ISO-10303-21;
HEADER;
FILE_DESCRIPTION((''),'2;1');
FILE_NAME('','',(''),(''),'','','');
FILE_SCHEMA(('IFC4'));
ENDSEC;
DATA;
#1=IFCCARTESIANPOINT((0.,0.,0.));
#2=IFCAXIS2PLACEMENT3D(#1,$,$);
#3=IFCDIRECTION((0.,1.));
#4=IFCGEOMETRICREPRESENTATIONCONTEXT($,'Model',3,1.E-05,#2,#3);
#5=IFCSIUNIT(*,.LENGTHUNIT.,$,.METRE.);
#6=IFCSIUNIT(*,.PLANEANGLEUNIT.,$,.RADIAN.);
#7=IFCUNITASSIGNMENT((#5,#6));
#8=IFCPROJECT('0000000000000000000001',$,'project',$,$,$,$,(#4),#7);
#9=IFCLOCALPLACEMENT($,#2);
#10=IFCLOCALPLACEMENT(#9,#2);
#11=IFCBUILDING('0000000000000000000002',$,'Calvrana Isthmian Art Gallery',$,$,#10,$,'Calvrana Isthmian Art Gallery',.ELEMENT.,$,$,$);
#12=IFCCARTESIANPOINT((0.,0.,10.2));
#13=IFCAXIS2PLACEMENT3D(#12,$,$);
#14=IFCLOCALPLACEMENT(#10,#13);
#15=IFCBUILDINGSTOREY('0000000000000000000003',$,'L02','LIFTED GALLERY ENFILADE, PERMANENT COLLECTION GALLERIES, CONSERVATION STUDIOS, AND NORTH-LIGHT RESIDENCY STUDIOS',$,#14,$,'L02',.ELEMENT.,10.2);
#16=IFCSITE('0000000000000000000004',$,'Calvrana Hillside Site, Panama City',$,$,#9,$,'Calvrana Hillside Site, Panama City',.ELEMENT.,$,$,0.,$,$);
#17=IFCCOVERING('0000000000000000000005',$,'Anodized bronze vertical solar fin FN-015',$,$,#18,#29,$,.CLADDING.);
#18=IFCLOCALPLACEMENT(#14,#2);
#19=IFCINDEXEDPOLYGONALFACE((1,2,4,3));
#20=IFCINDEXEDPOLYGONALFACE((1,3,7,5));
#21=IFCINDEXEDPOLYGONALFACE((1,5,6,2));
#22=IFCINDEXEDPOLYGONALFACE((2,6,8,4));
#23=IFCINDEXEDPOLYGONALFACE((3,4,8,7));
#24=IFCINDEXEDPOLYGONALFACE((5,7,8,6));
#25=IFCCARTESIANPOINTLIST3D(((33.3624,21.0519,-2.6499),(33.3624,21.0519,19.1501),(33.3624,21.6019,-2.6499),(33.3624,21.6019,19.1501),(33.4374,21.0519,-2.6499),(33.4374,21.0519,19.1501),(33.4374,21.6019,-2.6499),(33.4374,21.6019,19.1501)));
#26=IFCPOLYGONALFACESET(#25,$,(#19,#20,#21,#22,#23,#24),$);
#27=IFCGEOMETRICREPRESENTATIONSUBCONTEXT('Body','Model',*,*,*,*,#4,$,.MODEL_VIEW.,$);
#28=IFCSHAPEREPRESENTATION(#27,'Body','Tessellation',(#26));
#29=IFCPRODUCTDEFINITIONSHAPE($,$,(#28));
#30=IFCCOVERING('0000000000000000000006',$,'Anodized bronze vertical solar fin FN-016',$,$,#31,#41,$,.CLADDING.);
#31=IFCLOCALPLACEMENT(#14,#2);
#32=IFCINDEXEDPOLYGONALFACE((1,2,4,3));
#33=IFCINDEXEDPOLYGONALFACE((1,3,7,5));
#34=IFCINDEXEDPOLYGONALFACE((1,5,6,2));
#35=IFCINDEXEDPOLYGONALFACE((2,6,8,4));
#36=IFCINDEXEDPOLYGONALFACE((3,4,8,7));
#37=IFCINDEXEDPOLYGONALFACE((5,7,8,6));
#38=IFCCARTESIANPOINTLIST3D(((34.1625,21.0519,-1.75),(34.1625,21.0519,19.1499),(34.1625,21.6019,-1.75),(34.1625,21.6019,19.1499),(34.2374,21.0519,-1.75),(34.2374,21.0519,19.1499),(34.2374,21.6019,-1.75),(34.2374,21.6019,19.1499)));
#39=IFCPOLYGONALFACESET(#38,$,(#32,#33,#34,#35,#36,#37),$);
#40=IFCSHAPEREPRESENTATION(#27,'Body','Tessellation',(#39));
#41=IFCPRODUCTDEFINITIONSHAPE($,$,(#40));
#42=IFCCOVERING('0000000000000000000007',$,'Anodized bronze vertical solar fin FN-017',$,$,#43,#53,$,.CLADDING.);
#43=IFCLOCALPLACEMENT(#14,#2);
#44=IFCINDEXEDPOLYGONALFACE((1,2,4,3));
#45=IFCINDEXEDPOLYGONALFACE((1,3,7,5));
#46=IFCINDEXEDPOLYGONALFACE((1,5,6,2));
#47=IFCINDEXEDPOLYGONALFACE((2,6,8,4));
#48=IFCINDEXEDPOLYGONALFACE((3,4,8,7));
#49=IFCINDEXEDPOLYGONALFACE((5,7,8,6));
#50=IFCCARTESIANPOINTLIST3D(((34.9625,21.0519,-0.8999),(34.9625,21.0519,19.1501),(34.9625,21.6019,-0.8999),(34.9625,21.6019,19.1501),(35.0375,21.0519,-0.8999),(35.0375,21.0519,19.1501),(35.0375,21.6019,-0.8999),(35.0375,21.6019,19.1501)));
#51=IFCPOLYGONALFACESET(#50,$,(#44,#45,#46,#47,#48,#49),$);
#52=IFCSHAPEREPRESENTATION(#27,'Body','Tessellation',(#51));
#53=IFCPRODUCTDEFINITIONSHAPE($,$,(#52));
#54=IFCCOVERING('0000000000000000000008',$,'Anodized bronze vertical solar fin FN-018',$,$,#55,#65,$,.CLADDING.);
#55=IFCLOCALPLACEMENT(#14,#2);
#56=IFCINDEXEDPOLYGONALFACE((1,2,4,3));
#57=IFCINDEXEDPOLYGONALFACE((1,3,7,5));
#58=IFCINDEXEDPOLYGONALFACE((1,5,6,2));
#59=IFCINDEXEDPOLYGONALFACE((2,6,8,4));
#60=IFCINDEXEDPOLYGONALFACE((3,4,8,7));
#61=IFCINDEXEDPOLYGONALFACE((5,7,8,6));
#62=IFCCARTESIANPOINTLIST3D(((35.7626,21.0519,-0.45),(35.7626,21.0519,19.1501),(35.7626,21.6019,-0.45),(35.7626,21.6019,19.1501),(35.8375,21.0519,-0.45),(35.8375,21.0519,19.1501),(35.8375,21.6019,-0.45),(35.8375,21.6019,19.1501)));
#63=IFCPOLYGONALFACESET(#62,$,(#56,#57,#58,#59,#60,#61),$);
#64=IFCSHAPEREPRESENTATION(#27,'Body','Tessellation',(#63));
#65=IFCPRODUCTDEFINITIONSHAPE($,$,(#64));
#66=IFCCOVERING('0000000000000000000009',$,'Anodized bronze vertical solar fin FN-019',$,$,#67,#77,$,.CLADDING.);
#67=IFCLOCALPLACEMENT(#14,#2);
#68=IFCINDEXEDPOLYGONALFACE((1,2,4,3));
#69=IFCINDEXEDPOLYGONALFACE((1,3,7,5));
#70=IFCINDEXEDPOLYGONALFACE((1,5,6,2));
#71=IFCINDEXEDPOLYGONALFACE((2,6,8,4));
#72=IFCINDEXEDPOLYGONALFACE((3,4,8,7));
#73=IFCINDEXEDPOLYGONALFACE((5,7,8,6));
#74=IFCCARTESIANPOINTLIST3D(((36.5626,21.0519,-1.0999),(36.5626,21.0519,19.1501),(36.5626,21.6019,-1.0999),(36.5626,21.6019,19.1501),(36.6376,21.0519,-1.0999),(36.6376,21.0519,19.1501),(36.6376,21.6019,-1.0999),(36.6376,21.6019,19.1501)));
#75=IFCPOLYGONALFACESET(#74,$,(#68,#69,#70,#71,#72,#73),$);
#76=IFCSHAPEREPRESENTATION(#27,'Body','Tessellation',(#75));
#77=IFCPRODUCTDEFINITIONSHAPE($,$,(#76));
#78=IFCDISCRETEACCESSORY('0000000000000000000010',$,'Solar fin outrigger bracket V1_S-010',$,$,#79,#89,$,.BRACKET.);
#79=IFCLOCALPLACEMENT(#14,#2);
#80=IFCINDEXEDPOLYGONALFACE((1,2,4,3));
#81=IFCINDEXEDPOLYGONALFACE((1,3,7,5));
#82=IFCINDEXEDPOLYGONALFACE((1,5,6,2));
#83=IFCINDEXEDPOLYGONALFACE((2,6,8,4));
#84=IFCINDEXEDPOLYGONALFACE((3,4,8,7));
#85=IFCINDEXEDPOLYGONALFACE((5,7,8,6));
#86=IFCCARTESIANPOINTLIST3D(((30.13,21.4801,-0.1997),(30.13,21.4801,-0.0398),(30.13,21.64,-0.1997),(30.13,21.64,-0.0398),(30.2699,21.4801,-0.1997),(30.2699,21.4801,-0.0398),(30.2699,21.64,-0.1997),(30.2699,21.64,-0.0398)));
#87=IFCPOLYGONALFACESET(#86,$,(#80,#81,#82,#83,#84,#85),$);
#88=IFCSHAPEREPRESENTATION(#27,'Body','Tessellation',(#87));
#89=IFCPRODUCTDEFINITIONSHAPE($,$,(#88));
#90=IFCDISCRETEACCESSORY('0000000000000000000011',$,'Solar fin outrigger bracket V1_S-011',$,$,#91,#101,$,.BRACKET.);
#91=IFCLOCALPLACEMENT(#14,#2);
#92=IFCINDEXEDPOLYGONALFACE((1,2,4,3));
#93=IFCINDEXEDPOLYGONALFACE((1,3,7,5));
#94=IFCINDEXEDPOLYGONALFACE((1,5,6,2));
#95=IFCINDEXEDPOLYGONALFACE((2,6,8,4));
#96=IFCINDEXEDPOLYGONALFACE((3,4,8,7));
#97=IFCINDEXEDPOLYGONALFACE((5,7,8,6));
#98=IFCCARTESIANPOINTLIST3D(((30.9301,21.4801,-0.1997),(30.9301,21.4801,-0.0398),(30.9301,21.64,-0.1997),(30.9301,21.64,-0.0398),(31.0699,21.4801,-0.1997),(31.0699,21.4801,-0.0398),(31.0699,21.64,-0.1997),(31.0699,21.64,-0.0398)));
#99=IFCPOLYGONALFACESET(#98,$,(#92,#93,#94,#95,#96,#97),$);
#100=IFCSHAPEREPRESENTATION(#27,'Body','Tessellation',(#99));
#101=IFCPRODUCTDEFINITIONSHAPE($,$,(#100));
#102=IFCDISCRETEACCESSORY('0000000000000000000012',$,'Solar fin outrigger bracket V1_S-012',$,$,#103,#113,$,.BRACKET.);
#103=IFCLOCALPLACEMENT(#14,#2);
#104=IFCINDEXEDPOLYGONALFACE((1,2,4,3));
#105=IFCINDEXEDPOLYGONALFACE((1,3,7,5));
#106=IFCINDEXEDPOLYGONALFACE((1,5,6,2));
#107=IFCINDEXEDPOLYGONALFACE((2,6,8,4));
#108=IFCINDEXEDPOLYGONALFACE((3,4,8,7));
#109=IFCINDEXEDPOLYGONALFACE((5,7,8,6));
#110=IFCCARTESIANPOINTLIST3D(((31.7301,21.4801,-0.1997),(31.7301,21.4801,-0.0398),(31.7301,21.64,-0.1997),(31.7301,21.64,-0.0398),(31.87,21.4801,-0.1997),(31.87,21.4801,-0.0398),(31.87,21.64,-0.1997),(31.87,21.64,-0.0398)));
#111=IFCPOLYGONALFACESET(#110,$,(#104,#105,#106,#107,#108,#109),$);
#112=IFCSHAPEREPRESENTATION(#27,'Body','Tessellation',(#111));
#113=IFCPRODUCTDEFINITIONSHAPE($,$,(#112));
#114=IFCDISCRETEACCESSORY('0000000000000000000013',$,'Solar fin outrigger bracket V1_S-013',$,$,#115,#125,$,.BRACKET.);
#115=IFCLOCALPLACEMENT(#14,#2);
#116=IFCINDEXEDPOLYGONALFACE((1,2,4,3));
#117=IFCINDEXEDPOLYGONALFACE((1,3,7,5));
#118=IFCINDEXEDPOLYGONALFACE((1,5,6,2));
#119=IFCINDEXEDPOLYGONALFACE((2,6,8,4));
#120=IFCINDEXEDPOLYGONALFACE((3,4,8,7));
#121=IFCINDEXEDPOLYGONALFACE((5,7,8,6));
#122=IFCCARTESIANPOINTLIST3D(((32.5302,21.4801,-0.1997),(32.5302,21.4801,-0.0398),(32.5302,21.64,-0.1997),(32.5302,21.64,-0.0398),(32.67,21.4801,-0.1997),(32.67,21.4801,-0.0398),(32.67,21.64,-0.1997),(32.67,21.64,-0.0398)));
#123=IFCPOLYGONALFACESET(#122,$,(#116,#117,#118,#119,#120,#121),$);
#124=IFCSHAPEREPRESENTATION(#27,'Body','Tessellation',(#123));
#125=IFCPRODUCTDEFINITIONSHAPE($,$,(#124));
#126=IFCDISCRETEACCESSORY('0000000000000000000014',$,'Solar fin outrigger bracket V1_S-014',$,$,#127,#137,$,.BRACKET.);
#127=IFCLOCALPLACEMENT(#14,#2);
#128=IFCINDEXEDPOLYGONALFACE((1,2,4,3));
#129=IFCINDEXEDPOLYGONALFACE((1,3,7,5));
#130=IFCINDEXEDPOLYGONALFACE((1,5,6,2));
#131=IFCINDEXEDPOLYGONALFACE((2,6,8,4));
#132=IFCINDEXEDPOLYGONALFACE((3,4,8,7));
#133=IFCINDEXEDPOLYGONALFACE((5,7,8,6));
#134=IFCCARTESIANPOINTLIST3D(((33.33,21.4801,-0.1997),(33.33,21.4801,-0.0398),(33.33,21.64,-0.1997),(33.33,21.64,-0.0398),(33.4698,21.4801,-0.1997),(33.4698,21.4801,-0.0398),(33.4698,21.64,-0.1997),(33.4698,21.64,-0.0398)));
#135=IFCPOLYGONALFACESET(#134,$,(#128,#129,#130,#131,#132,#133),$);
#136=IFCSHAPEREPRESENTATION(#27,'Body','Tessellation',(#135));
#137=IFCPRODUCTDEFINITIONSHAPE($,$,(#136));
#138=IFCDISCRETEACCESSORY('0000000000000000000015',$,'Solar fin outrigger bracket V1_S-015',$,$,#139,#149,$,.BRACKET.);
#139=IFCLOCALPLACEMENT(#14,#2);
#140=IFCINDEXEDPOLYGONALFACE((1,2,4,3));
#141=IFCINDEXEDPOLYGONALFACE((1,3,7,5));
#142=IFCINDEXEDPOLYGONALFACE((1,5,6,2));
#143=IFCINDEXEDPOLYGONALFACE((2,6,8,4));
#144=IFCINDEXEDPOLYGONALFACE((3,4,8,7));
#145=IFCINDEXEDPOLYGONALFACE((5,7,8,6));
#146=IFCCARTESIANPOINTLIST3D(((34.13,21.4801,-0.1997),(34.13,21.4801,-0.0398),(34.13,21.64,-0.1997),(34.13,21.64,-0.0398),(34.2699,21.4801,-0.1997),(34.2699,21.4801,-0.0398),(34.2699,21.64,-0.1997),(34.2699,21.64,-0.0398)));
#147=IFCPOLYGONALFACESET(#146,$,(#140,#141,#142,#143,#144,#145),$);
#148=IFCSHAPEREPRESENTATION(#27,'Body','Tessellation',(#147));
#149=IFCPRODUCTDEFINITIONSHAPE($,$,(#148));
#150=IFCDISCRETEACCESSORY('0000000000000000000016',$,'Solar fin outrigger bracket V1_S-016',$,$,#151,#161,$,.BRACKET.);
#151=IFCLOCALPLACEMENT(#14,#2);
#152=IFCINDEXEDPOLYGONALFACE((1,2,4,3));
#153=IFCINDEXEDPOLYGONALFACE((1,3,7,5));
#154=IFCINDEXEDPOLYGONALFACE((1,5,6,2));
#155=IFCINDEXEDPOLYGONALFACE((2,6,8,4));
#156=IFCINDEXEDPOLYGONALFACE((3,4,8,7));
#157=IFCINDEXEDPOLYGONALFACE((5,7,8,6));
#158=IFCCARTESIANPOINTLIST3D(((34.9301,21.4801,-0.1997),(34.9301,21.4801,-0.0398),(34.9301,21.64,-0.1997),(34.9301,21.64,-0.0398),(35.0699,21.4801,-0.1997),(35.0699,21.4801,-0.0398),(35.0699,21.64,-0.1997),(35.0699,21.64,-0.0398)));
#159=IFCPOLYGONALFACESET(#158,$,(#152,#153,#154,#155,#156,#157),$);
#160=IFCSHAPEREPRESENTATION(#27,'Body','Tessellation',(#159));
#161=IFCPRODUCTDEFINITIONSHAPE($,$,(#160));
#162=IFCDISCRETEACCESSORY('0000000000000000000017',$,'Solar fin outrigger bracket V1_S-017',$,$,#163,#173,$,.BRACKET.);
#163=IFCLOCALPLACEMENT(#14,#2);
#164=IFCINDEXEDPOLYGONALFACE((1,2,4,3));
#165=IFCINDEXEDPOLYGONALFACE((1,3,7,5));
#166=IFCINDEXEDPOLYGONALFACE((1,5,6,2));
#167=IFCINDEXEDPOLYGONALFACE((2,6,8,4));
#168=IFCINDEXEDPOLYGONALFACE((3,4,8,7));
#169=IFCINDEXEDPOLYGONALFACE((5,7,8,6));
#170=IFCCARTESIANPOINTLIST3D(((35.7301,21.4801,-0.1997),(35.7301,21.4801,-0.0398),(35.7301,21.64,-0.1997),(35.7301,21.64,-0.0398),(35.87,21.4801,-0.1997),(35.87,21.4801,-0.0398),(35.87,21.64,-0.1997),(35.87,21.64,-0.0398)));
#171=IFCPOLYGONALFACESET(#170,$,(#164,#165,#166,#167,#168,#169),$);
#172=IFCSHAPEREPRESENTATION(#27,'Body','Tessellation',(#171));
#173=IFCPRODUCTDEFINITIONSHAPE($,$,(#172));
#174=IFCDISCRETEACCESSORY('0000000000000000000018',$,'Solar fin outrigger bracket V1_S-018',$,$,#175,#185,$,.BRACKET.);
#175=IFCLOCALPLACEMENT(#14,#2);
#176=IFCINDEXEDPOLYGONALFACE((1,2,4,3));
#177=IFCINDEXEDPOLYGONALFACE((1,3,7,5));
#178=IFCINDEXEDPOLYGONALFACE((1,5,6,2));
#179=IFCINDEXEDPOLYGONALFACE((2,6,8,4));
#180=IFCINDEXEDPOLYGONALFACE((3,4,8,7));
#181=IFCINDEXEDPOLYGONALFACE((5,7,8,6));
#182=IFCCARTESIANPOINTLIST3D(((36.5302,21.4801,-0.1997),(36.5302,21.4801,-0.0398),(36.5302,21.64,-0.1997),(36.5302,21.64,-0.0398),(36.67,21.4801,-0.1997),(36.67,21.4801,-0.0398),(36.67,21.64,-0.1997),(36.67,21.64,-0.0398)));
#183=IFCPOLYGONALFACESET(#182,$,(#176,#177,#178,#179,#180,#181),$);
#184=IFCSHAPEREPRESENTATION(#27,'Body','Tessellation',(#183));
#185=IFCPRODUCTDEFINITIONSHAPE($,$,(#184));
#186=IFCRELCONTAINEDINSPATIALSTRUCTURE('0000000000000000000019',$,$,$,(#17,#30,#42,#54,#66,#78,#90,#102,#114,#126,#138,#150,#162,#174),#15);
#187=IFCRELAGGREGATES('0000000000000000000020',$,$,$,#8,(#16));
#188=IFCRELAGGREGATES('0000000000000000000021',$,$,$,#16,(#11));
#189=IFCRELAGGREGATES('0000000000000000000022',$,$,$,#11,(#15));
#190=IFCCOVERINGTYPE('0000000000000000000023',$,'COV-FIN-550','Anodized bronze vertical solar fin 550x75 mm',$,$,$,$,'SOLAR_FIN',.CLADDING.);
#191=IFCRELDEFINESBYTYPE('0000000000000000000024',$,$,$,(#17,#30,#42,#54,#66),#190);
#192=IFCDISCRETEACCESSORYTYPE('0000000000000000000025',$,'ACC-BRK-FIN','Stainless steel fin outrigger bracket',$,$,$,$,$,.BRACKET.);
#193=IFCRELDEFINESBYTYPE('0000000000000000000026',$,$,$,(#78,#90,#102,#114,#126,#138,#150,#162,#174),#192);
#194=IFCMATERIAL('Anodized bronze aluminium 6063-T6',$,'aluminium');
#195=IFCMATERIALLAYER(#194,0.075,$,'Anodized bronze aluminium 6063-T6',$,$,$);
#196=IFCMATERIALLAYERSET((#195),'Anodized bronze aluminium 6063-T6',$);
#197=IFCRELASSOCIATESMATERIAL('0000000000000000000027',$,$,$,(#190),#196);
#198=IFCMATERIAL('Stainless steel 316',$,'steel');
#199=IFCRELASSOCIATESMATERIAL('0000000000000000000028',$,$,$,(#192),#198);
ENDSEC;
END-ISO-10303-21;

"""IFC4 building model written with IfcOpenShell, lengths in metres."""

from ifc_helpers import new_model, si_unit, direction, frame, origin, origin_2d, place, context, subcontext, project, spatial, rectangle, extrude, material, layer, layer_set, type_object, element, save


model = new_model("IFC4")

# Units and contexts
model_context = context("Model", 3, precision=1e-05, world=origin(), true_north=direction((0.0, 1.0)))
body_context = subcontext(model_context, "Body", "Model", "MODEL_VIEW")
ifc_project = project(units=[si_unit("LENGTHUNIT", "METRE"), si_unit("PLANEANGLEUNIT", "RADIAN")], contexts=[model_context])

# Site, building, storey
site_placement = place(None, origin())
site = spatial("IfcSite", under=ifc_project, at=site_placement, Name="Calvrana Hillside Site, Panama City", LongName="Calvrana Hillside Site, Panama City", CompositionType="ELEMENT", RefElevation=0.0)
building_placement = place(site_placement, origin())
building = spatial("IfcBuilding", under=site, at=building_placement, Name="Calvrana Isthmian Art Gallery", LongName="Calvrana Isthmian Art Gallery", CompositionType="ELEMENT")
storey_placement = place(building_placement, frame((0.0, 0.0, 10.2)))
storey = spatial("IfcBuildingStorey", under=building, at=storey_placement, Name="L02", Description="LIFTED GALLERY ENFILADE, PERMANENT COLLECTION GALLERIES, CONSERVATION STUDIOS, AND NORTH-LIGHT RESIDENCY STUDIOS", LongName="L02", CompositionType="ELEMENT", Elevation=10.2)

# Shared definitions
ifc_material_1 = material(Name="Anodized bronze aluminium 6063-T6", Category="aluminium")

# Coverings
ifc_layer_1 = layer(ifc_material_1, 0.075, Name="Anodized bronze aluminium 6063-T6")
ifc_layer_set_1 = layer_set([ifc_layer_1], Name="Anodized bronze aluminium 6063-T6")
covering_type = type_object("IfcCoveringType", Name="COV-FIN-550", Description="Anodized bronze vertical solar fin 550x75 mm", ElementType="SOLAR_FIN", PredefinedType="CLADDING", material=ifc_layer_set_1)
covering_1_placement = place(storey_placement, frame((33.3999, 21.3269, -2.6499), z_axis=(0.0, 0.0, 1.0), x_axis=(1.0, 0.0, 0.0)))
element("IfcCovering", 1, at=covering_1_placement, inside=storey, type_object=covering_type, Name="Anodized bronze vertical solar fin FN-015", PredefinedType="CLADDING", context=body_context, shape_type="SweptSolid", body=[
    extrude(rectangle(XDim=0.075, YDim=0.55, at=origin_2d()), origin(), (0.0, 0.0, 1.0), 21.8),
])
covering_2_placement = place(storey_placement, frame((34.2, 21.3269, -1.75), z_axis=(0.0, 0.0, 1.0), x_axis=(1.0, 0.0, 0.0)))
element("IfcCovering", 2, at=covering_2_placement, inside=storey, type_object=covering_type, Name="Anodized bronze vertical solar fin FN-016", PredefinedType="CLADDING", context=body_context, shape_type="SweptSolid", body=[
    extrude(rectangle(XDim=0.075, YDim=0.55, at=origin_2d()), origin(), (0.0, 0.0, 1.0), 20.8999),
])
covering_3_placement = place(storey_placement, frame((35.0, 21.3269, -0.8999), z_axis=(0.0, 0.0, 1.0), x_axis=(1.0, 0.0, 0.0)))
element("IfcCovering", 3, at=covering_3_placement, inside=storey, type_object=covering_type, Name="Anodized bronze vertical solar fin FN-017", PredefinedType="CLADDING", context=body_context, shape_type="SweptSolid", body=[
    extrude(rectangle(XDim=0.075, YDim=0.55, at=origin_2d()), origin(), (0.0, 0.0, 1.0), 20.05),
])
covering_4_placement = place(storey_placement, frame((35.8, 21.3269, -0.45), z_axis=(0.0, 0.0, 1.0), x_axis=(1.0, 0.0, 0.0)))
element("IfcCovering", 4, at=covering_4_placement, inside=storey, type_object=covering_type, Name="Anodized bronze vertical solar fin FN-018", PredefinedType="CLADDING", context=body_context, shape_type="SweptSolid", body=[
    extrude(rectangle(XDim=0.075, YDim=0.55, at=origin_2d()), origin(), (0.0, 0.0, 1.0), 19.6001),
])
covering_5_placement = place(storey_placement, frame((36.6001, 21.3269, -1.0999), z_axis=(0.0, 0.0, 1.0), x_axis=(1.0, 0.0, 0.0)))
element("IfcCovering", 5, at=covering_5_placement, inside=storey, type_object=covering_type, Name="Anodized bronze vertical solar fin FN-019", PredefinedType="CLADDING", context=body_context, shape_type="SweptSolid", body=[
    extrude(rectangle(XDim=0.075, YDim=0.55, at=origin_2d()), origin(), (0.0, 0.0, 1.0), 20.25),
])

# Discrete accessories
ifc_material_2 = material(Name="Stainless steel 316", Category="steel")
discrete_accessory_type = type_object("IfcDiscreteAccessoryType", Name="ACC-BRK-FIN", Description="Stainless steel fin outrigger bracket", PredefinedType="BRACKET", material=ifc_material_2)
for number, where, z_axis, x_axis, name in (
    (6, (30.2, 21.5601, -0.1997), (0.0, 0.0, 1.0), (1.0, 0.0, 0.0), "Solar fin outrigger bracket V1_S-010"),
    (7, (31.0, 21.5601, -0.1997), (0.0, 0.0, 1.0), (1.0, 0.0, 0.0), "Solar fin outrigger bracket V1_S-011"),
    (8, (31.8, 21.5601, -0.1997), (0.0, 0.0, 1.0), (1.0, 0.0, 0.0), "Solar fin outrigger bracket V1_S-012"),
    (9, (32.6001, 21.5601, -0.1997), (0.0, 0.0, 1.0), (1.0, 0.0, 0.0), "Solar fin outrigger bracket V1_S-013"),
    (10, (33.3999, 21.5601, -0.1997), (0.0, 0.0, 1.0), (1.0, 0.0, 0.0), "Solar fin outrigger bracket V1_S-014"),
    (11, (34.2, 21.5601, -0.1997), (0.0, 0.0, 1.0), (1.0, 0.0, 0.0), "Solar fin outrigger bracket V1_S-015"),
    (12, (35.0, 21.5601, -0.1997), (0.0, 0.0, 1.0), (1.0, 0.0, 0.0), "Solar fin outrigger bracket V1_S-016"),
    (13, (35.8, 21.5601, -0.1997), (0.0, 0.0, 1.0), (1.0, 0.0, 0.0), "Solar fin outrigger bracket V1_S-017"),
    (14, (36.6001, 21.5601, -0.1997), (0.0, 0.0, 1.0), (1.0, 0.0, 0.0), "Solar fin outrigger bracket V1_S-018"),
):
    element("IfcDiscreteAccessory", number, at=place(storey_placement, frame(where, z_axis=z_axis, x_axis=x_axis)), inside=storey, type_object=discrete_accessory_type, Name=name, PredefinedType="BRACKET", context=body_context, shape_type="SweptSolid", body=[
        extrude(rectangle(XDim=0.1399, YDim=0.1599, at=origin_2d()), origin(), (0.0, 0.0, 1.0), 0.1599),
    ])

save(model, "model.ifc")
